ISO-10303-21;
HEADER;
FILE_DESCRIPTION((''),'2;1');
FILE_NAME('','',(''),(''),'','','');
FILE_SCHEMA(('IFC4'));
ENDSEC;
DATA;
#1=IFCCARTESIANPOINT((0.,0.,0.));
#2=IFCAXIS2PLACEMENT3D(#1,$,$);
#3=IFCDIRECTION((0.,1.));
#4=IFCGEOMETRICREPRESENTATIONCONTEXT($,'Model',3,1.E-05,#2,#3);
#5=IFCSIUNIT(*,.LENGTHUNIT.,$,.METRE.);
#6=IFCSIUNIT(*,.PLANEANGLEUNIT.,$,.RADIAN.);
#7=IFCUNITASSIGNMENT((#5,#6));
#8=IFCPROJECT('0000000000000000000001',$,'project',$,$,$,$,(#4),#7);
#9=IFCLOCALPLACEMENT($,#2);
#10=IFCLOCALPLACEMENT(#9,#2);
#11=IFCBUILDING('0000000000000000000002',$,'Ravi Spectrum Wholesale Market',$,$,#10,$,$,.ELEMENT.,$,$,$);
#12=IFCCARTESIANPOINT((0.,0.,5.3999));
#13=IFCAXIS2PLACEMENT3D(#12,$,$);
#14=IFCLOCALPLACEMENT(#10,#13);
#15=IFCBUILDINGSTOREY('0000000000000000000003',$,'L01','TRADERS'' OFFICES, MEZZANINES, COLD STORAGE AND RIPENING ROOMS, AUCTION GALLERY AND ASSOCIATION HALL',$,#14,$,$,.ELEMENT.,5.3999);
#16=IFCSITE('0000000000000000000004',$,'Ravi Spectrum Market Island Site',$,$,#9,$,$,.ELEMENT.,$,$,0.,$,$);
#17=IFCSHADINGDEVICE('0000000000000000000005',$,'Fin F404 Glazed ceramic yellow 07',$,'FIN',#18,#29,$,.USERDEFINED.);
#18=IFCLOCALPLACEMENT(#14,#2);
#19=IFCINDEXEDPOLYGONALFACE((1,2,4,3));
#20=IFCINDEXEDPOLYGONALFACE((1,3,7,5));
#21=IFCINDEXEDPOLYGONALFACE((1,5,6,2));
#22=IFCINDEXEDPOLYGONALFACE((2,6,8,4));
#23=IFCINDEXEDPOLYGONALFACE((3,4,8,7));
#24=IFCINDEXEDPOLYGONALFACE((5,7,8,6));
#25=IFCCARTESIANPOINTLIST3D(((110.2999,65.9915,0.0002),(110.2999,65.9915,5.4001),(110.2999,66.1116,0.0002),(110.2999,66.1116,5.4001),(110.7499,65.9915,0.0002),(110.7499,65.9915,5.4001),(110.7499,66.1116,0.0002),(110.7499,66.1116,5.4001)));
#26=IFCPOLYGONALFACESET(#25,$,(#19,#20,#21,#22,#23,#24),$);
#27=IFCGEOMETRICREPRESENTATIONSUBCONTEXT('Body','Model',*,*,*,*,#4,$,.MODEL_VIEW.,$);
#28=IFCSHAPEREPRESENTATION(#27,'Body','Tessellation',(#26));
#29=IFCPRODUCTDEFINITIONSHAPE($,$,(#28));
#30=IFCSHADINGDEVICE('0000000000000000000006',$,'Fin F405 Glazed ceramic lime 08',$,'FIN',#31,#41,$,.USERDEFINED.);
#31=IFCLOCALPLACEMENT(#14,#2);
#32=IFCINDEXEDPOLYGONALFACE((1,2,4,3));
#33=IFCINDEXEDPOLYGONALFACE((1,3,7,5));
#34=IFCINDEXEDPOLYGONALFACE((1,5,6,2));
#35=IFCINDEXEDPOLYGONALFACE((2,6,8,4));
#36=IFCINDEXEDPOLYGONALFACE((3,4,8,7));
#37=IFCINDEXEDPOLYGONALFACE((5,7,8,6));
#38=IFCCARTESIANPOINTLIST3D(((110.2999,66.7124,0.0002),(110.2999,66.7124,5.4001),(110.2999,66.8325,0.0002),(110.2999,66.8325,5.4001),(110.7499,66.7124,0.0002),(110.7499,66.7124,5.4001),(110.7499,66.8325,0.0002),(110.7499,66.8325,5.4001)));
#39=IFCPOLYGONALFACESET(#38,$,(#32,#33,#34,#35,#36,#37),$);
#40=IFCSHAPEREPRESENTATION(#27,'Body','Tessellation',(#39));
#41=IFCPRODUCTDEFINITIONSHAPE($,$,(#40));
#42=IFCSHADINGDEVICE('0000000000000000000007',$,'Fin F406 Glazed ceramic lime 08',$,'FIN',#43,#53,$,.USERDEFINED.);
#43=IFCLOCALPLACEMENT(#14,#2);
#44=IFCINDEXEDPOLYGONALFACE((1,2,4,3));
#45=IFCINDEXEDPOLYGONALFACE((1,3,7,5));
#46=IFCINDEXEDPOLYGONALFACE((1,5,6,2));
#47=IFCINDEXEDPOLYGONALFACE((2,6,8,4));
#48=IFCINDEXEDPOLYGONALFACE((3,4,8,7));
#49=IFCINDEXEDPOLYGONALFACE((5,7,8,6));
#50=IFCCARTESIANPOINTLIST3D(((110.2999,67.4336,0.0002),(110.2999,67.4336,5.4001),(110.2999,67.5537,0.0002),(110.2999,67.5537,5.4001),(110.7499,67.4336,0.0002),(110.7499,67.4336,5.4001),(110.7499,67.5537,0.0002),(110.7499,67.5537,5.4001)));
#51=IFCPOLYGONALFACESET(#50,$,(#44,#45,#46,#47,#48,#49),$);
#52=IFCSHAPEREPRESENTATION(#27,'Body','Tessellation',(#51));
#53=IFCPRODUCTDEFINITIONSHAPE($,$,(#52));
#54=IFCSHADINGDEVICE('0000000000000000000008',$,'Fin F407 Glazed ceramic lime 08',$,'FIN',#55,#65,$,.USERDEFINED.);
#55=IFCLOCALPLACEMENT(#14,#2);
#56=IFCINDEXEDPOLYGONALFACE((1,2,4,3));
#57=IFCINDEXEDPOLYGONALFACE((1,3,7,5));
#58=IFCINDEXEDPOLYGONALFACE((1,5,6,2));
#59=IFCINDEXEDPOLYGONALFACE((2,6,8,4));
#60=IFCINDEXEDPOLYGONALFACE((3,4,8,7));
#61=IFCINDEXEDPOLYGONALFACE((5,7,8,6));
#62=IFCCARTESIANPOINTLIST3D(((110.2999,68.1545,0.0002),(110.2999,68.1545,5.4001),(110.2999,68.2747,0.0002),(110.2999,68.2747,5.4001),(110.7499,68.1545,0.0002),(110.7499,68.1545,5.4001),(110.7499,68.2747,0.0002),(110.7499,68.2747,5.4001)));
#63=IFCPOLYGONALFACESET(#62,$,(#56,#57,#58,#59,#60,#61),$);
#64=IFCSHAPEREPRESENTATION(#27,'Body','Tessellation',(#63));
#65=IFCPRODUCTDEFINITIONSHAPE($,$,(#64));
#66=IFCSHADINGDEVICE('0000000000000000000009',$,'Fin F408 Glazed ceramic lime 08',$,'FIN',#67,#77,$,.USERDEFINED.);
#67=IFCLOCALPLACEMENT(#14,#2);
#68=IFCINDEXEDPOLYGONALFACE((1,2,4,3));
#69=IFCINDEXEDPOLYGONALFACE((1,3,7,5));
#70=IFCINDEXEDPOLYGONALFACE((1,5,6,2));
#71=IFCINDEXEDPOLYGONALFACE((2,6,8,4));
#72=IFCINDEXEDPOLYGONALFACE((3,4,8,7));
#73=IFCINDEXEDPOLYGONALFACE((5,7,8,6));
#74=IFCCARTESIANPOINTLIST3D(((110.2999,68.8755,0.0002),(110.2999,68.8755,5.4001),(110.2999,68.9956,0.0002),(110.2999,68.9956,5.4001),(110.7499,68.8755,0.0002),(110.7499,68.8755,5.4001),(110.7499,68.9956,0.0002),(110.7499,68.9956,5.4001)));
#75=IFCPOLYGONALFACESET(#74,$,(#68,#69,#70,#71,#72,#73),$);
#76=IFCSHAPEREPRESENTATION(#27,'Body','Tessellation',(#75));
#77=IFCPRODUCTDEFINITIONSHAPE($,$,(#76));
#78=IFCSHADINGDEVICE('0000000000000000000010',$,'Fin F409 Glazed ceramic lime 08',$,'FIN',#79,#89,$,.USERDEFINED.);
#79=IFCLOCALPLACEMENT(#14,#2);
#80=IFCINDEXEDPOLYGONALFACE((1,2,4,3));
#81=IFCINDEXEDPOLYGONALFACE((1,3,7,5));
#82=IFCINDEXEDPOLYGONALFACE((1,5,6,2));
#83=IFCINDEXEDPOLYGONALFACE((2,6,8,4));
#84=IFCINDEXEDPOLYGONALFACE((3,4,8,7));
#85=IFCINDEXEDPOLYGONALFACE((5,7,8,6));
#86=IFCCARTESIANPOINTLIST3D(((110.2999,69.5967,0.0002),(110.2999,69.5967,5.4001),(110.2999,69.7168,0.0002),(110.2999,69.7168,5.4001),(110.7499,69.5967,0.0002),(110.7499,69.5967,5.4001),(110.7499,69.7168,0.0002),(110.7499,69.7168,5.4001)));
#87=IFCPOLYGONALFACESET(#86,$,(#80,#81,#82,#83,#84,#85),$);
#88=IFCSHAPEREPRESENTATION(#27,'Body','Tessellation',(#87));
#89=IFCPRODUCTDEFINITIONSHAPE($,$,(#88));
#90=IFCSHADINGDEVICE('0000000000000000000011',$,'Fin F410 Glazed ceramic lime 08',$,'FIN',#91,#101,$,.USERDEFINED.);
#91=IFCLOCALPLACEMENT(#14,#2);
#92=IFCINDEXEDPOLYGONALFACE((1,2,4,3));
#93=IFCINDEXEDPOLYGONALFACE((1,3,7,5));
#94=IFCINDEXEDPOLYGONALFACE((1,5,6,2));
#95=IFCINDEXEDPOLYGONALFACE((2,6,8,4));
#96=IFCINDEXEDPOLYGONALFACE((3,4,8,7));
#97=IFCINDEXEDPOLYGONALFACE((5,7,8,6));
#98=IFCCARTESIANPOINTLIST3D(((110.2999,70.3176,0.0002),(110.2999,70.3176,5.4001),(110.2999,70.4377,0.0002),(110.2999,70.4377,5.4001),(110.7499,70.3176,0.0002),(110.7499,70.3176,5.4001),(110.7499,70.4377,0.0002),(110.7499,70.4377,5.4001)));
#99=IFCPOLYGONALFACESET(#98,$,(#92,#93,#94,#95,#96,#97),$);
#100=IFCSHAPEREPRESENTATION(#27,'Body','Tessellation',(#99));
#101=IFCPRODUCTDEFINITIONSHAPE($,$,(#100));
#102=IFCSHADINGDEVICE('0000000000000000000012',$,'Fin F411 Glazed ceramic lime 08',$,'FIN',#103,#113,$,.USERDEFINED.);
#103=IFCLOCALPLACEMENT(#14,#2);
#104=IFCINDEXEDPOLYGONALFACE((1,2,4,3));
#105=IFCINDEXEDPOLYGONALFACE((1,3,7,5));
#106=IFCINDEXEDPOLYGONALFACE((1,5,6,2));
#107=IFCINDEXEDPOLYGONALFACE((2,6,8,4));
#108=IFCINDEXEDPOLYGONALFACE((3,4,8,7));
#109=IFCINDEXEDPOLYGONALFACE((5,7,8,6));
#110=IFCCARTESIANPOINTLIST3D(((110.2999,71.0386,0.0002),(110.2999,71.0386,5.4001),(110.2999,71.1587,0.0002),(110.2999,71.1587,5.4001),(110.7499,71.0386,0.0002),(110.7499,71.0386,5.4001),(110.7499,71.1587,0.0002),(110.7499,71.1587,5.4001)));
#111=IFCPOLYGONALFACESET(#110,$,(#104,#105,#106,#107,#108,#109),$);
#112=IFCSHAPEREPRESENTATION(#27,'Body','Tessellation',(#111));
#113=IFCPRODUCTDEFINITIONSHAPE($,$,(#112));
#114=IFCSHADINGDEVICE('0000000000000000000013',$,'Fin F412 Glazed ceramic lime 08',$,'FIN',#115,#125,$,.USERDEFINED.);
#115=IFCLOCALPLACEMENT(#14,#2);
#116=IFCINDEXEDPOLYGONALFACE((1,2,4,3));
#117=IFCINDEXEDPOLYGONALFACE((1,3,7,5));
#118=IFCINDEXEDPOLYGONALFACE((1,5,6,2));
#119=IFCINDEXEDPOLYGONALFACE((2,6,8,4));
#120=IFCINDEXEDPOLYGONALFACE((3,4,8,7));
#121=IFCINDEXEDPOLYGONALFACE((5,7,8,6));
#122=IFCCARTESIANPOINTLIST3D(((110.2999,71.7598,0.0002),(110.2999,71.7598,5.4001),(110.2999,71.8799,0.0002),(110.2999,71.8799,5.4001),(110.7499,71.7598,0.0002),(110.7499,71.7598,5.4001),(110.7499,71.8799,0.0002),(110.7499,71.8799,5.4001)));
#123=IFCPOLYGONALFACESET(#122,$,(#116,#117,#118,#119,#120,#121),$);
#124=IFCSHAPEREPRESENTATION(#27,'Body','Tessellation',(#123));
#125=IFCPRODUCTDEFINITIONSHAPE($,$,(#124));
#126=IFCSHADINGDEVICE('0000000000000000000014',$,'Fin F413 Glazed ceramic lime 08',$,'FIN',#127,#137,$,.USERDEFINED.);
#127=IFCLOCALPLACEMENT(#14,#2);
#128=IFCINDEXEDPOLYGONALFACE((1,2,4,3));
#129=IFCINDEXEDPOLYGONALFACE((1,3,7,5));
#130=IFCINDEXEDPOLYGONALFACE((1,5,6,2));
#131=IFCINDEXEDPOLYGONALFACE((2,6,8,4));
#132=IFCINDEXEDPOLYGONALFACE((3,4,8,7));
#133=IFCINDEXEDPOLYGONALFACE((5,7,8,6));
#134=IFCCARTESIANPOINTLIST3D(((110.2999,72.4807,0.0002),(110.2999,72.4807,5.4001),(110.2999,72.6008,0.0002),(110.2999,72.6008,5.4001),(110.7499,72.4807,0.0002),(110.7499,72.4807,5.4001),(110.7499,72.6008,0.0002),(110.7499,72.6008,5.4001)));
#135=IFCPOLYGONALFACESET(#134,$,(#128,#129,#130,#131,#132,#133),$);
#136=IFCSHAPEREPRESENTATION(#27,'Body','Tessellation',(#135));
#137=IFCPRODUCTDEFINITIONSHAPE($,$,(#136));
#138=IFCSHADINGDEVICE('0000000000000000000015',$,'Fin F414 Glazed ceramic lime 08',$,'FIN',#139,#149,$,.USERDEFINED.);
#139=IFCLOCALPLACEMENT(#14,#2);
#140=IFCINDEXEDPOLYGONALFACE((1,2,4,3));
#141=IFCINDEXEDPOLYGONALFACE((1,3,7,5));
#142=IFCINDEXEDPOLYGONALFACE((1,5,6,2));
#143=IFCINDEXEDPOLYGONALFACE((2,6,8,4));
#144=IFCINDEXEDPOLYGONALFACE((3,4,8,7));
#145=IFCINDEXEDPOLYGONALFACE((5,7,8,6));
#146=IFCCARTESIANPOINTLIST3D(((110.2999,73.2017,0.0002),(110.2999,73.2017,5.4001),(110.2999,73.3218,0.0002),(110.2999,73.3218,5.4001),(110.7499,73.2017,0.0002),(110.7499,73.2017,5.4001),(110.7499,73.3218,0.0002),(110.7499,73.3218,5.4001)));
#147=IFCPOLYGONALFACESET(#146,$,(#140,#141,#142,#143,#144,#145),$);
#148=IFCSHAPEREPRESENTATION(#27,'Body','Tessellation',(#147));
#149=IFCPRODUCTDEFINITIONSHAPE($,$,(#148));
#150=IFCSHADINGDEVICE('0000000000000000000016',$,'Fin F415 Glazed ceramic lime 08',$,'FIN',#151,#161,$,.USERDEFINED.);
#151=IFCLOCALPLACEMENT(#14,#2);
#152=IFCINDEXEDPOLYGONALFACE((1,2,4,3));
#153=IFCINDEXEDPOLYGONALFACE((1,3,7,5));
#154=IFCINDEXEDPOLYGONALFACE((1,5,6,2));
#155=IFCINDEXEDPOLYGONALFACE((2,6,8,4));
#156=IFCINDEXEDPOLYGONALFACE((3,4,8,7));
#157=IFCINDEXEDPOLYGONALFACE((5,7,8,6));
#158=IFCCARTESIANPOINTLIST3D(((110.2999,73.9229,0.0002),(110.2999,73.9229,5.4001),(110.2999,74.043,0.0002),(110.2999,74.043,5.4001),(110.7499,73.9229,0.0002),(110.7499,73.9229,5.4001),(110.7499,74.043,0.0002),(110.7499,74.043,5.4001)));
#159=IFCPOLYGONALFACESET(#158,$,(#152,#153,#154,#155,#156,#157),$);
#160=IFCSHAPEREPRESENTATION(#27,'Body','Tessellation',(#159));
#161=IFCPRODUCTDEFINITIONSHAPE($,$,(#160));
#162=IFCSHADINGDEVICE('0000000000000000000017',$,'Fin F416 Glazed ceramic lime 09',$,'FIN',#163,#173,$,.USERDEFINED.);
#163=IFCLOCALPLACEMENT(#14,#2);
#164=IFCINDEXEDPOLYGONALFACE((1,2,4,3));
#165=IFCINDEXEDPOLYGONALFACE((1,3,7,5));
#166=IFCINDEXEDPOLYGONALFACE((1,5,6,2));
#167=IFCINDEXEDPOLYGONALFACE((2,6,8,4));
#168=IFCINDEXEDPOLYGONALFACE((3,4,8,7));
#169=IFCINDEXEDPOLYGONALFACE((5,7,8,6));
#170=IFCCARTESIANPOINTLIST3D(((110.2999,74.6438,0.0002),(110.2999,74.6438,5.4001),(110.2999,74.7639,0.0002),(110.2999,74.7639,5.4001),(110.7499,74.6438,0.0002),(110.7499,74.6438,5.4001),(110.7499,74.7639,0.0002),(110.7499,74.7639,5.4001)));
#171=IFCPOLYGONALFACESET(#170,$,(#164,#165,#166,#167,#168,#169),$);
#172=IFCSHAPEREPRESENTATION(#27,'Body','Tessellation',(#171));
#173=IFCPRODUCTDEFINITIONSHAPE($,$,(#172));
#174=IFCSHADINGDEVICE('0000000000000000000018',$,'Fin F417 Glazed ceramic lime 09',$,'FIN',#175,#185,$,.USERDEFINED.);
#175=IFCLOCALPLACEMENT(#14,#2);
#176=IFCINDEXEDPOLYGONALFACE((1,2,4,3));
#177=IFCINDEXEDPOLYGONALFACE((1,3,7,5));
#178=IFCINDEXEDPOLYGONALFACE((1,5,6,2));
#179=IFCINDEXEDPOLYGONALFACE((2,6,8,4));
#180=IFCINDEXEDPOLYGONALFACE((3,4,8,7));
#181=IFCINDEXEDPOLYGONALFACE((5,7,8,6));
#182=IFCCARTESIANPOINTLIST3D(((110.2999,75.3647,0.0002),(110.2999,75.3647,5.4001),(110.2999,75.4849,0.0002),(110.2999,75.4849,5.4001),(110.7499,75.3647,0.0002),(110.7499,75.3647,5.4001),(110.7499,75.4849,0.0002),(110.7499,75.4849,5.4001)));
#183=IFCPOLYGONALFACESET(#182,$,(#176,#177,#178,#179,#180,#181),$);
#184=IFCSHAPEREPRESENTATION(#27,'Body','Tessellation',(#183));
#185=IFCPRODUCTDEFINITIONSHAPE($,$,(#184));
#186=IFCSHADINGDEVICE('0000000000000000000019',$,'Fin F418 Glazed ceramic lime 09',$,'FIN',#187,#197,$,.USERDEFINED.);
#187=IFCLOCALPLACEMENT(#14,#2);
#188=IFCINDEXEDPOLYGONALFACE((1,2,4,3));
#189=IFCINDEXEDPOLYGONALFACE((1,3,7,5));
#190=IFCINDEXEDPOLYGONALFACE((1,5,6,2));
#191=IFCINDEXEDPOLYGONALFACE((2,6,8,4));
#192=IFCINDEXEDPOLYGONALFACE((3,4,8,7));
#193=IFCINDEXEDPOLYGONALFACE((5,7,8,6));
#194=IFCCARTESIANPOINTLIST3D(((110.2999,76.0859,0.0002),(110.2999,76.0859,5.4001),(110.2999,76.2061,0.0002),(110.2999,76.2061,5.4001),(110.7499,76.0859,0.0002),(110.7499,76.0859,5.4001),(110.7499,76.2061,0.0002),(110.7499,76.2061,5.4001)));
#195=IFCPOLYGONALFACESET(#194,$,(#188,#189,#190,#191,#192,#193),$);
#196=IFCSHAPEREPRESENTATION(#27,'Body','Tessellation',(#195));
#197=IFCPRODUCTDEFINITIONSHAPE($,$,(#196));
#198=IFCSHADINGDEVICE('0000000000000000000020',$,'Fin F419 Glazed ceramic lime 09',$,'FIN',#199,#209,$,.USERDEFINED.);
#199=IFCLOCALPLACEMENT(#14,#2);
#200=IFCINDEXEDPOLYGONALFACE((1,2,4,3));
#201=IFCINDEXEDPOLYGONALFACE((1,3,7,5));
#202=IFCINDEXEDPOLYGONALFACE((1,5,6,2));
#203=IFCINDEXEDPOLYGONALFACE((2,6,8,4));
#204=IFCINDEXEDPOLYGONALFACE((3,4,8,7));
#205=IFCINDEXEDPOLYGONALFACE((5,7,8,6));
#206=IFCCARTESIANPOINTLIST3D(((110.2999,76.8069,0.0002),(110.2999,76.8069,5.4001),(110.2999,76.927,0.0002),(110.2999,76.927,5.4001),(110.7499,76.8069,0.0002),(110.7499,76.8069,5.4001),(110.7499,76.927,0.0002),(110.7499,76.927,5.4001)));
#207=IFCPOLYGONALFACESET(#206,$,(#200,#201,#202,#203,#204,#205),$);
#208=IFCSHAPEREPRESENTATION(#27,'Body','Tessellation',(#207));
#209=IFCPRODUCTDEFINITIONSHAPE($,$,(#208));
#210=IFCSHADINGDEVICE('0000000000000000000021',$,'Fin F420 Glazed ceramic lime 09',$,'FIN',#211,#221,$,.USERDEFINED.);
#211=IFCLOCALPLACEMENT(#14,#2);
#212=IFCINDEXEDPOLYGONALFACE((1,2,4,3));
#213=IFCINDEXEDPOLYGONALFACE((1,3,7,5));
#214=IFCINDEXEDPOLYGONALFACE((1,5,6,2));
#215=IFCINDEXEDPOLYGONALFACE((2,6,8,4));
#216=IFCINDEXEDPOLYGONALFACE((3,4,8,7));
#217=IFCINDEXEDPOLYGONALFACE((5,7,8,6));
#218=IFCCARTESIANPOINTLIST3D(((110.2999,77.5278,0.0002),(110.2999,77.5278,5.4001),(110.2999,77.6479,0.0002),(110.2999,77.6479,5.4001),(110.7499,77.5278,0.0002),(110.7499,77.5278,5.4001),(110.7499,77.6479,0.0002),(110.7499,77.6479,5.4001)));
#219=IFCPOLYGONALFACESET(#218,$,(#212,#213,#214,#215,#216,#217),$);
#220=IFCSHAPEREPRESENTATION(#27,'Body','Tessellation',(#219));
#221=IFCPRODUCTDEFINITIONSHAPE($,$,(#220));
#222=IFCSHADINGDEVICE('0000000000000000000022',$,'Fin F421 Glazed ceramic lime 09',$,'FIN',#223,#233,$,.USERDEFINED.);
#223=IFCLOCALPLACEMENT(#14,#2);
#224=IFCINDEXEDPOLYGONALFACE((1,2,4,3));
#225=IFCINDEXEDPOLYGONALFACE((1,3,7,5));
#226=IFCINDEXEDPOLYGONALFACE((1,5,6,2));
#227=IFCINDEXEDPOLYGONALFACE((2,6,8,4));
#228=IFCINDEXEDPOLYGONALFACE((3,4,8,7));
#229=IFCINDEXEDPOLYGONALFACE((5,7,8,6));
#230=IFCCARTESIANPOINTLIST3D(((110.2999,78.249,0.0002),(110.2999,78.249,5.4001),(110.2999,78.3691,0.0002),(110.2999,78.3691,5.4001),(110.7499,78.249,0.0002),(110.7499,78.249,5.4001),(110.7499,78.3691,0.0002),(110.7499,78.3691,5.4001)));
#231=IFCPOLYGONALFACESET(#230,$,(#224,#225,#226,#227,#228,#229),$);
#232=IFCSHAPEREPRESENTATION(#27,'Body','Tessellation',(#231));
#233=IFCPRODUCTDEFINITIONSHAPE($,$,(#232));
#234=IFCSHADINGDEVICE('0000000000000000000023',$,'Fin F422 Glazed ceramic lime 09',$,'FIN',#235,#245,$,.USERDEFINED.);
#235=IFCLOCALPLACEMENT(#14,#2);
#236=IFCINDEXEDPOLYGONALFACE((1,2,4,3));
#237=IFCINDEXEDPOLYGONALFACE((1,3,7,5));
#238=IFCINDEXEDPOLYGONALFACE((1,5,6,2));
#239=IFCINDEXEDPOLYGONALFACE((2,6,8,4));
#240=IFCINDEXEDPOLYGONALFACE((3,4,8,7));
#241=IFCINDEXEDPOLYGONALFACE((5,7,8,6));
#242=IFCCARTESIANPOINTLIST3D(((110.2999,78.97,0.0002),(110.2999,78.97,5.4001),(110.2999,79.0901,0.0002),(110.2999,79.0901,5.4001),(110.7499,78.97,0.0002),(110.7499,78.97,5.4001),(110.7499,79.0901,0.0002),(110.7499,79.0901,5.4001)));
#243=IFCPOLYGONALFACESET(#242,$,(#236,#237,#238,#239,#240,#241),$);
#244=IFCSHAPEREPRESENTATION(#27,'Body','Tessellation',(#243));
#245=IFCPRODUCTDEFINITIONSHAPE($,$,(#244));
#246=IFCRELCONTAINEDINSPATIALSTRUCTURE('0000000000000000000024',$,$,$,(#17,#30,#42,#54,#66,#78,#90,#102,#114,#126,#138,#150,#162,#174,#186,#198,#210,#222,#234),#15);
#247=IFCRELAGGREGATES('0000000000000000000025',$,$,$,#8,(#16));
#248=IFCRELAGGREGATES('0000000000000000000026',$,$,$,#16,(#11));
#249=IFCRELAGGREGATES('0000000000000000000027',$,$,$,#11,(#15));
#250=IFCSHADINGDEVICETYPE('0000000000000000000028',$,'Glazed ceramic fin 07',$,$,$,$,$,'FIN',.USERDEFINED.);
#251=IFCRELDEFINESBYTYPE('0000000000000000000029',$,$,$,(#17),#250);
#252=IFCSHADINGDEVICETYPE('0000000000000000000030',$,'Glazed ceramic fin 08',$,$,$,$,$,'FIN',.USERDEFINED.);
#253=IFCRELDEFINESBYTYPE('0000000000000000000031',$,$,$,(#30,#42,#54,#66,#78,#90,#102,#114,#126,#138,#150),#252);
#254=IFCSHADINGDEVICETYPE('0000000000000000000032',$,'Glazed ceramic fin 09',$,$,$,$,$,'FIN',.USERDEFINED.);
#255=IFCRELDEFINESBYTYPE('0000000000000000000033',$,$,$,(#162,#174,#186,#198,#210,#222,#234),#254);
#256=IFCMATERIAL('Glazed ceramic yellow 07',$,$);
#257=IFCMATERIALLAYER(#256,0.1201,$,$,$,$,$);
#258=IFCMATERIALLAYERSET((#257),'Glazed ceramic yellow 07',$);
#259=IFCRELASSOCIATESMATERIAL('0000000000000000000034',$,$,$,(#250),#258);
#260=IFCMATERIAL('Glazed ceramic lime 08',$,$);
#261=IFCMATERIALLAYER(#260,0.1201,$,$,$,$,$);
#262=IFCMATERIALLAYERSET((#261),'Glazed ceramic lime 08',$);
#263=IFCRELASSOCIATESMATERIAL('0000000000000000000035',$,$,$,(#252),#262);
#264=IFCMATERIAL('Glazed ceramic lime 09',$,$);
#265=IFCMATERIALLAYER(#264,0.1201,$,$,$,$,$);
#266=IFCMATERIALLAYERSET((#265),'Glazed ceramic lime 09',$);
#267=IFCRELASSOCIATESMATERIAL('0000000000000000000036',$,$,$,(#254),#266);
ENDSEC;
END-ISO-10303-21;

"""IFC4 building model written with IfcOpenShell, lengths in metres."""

from ifc_helpers import new_model, si_unit, direction, frame, origin, origin_2d, place, context, subcontext, project, spatial, rectangle, extrude, material, layer, layer_set, type_object, element, save


model = new_model("IFC4")

# Units and contexts
model_context = context("Model", 3, precision=1e-05, world=origin(), true_north=direction((0.0, 1.0)))
body_context = subcontext(model_context, "Body", "Model", "MODEL_VIEW")
ifc_project = project(units=[si_unit("LENGTHUNIT", "METRE"), si_unit("PLANEANGLEUNIT", "RADIAN")], contexts=[model_context])

# Site, building, storey
site_placement = place(None, origin())
site = spatial("IfcSite", under=ifc_project, at=site_placement, Name="Ravi Spectrum Market Island Site", CompositionType="ELEMENT", RefElevation=0.0)
building_placement = place(site_placement, origin())
building = spatial("IfcBuilding", under=site, at=building_placement, Name="Ravi Spectrum Wholesale Market", CompositionType="ELEMENT")
storey_placement = place(building_placement, frame((0.0, 0.0, 5.3999)))
storey = spatial("IfcBuildingStorey", under=building, at=storey_placement, Name="L01", Description="TRADERS' OFFICES, MEZZANINES, COLD STORAGE AND RIPENING ROOMS, AUCTION GALLERY AND ASSOCIATION HALL", CompositionType="ELEMENT", Elevation=5.3999)

# Shading devices
ifc_material_1 = material(Name="Glazed ceramic yellow 07")
ifc_layer_1 = layer(ifc_material_1, 0.1201)
ifc_layer_set_1 = layer_set([ifc_layer_1], Name="Glazed ceramic yellow 07")
shading_device_type_1 = type_object("IfcShadingDeviceType", Name="Glazed ceramic fin 07", ElementType="FIN", PredefinedType="USERDEFINED", material=ifc_layer_set_1)
shading_device_placement = place(storey_placement, frame((110.5249, 66.0515, 0.0002), z_axis=(0.0, 0.0, 1.0), x_axis=(0.0, 1.0, 0.0)))
element("IfcShadingDevice", 1, at=shading_device_placement, inside=storey, type_object=shading_device_type_1, Name="Fin F404 Glazed ceramic yellow 07", ObjectType="FIN", PredefinedType="USERDEFINED", context=body_context, shape_type="SweptSolid", body=[
    extrude(rectangle(XDim=0.1201, YDim=0.45, at=origin_2d()), origin(), (0.0, 0.0, 1.0), 5.3999),
])
ifc_material_2 = material(Name="Glazed ceramic lime 08")
ifc_layer_2 = layer(ifc_material_2, 0.1201)
ifc_layer_set_2 = layer_set([ifc_layer_2], Name="Glazed ceramic lime 08")
shading_device_type_2 = type_object("IfcShadingDeviceType", Name="Glazed ceramic fin 08", ElementType="FIN", PredefinedType="USERDEFINED", material=ifc_layer_set_2)
for number, where, z_axis, x_axis, name in (
    (2, (110.5249, 66.7725, 0.0002), (0.0, 0.0, 1.0), (0.0, 1.0, 0.0), "Fin F405 Glazed ceramic lime 08"),
    (3, (110.5249, 67.4937, 0.0002), (0.0, 0.0, 1.0), (0.0, 1.0, 0.0), "Fin F406 Glazed ceramic lime 08"),
    (4, (110.5249, 68.2146, 0.0002), (0.0, 0.0, 1.0), (0.0, 1.0, 0.0), "Fin F407 Glazed ceramic lime 08"),
    (5, (110.5249, 68.9355, 0.0002), (0.0, 0.0, 1.0), (0.0, 1.0, 0.0), "Fin F408 Glazed ceramic lime 08"),
    (6, (110.5249, 69.6567, 0.0002), (0.0, 0.0, 1.0), (0.0, 1.0, 0.0), "Fin F409 Glazed ceramic lime 08"),
    (7, (110.5249, 70.3777, 0.0002), (0.0, 0.0, 1.0), (0.0, 1.0, 0.0), "Fin F410 Glazed ceramic lime 08"),
    (8, (110.5249, 71.0986, 0.0002), (0.0, 0.0, 1.0), (0.0, 1.0, 0.0), "Fin F411 Glazed ceramic lime 08"),
    (9, (110.5249, 71.8198, 0.0002), (0.0, 0.0, 1.0), (0.0, 1.0, 0.0), "Fin F412 Glazed ceramic lime 08"),
    (10, (110.5249, 72.5408, 0.0002), (0.0, 0.0, 1.0), (0.0, 1.0, 0.0), "Fin F413 Glazed ceramic lime 08"),
    (11, (110.5249, 73.2617, 0.0002), (0.0, 0.0, 1.0), (0.0, 1.0, 0.0), "Fin F414 Glazed ceramic lime 08"),
    (12, (110.5249, 73.9829, 0.0002), (0.0, 0.0, 1.0), (0.0, 1.0, 0.0), "Fin F415 Glazed ceramic lime 08"),
):
    element("IfcShadingDevice", number, at=place(storey_placement, frame(where, z_axis=z_axis, x_axis=x_axis)), inside=storey, type_object=shading_device_type_2, Name=name, ObjectType="FIN", PredefinedType="USERDEFINED", context=body_context, shape_type="SweptSolid", body=[
        extrude(rectangle(XDim=0.1201, YDim=0.45, at=origin_2d()), origin(), (0.0, 0.0, 1.0), 5.3999),
    ])
ifc_material_3 = material(Name="Glazed ceramic lime 09")
ifc_layer_3 = layer(ifc_material_3, 0.1201)
ifc_layer_set_3 = layer_set([ifc_layer_3], Name="Glazed ceramic lime 09")
shading_device_type_3 = type_object("IfcShadingDeviceType", Name="Glazed ceramic fin 09", ElementType="FIN", PredefinedType="USERDEFINED", material=ifc_layer_set_3)
for number, where, z_axis, x_axis, name in (
    (13, (110.5249, 74.7039, 0.0002), (0.0, 0.0, 1.0), (0.0, 1.0, 0.0), "Fin F416 Glazed ceramic lime 09"),
    (14, (110.5249, 75.4248, 0.0002), (0.0, 0.0, 1.0), (0.0, 1.0, 0.0), "Fin F417 Glazed ceramic lime 09"),
    (15, (110.5249, 76.146, 0.0002), (0.0, 0.0, 1.0), (0.0, 1.0, 0.0), "Fin F418 Glazed ceramic lime 09"),
    (16, (110.5249, 76.8669, 0.0002), (0.0, 0.0, 1.0), (0.0, 1.0, 0.0), "Fin F419 Glazed ceramic lime 09"),
    (17, (110.5249, 77.5879, 0.0002), (0.0, 0.0, 1.0), (0.0, 1.0, 0.0), "Fin F420 Glazed ceramic lime 09"),
    (18, (110.5249, 78.3091, 0.0002), (0.0, 0.0, 1.0), (0.0, 1.0, 0.0), "Fin F421 Glazed ceramic lime 09"),
    (19, (110.5249, 79.03, 0.0002), (0.0, 0.0, 1.0), (0.0, 1.0, 0.0), "Fin F422 Glazed ceramic lime 09"),
):
    element("IfcShadingDevice", number, at=place(storey_placement, frame(where, z_axis=z_axis, x_axis=x_axis)), inside=storey, type_object=shading_device_type_3, Name=name, ObjectType="FIN", PredefinedType="USERDEFINED", context=body_context, shape_type="SweptSolid", body=[
        extrude(rectangle(XDim=0.1201, YDim=0.45, at=origin_2d()), origin(), (0.0, 0.0, 1.0), 5.3999),
    ])

save(model, "model.ifc")
